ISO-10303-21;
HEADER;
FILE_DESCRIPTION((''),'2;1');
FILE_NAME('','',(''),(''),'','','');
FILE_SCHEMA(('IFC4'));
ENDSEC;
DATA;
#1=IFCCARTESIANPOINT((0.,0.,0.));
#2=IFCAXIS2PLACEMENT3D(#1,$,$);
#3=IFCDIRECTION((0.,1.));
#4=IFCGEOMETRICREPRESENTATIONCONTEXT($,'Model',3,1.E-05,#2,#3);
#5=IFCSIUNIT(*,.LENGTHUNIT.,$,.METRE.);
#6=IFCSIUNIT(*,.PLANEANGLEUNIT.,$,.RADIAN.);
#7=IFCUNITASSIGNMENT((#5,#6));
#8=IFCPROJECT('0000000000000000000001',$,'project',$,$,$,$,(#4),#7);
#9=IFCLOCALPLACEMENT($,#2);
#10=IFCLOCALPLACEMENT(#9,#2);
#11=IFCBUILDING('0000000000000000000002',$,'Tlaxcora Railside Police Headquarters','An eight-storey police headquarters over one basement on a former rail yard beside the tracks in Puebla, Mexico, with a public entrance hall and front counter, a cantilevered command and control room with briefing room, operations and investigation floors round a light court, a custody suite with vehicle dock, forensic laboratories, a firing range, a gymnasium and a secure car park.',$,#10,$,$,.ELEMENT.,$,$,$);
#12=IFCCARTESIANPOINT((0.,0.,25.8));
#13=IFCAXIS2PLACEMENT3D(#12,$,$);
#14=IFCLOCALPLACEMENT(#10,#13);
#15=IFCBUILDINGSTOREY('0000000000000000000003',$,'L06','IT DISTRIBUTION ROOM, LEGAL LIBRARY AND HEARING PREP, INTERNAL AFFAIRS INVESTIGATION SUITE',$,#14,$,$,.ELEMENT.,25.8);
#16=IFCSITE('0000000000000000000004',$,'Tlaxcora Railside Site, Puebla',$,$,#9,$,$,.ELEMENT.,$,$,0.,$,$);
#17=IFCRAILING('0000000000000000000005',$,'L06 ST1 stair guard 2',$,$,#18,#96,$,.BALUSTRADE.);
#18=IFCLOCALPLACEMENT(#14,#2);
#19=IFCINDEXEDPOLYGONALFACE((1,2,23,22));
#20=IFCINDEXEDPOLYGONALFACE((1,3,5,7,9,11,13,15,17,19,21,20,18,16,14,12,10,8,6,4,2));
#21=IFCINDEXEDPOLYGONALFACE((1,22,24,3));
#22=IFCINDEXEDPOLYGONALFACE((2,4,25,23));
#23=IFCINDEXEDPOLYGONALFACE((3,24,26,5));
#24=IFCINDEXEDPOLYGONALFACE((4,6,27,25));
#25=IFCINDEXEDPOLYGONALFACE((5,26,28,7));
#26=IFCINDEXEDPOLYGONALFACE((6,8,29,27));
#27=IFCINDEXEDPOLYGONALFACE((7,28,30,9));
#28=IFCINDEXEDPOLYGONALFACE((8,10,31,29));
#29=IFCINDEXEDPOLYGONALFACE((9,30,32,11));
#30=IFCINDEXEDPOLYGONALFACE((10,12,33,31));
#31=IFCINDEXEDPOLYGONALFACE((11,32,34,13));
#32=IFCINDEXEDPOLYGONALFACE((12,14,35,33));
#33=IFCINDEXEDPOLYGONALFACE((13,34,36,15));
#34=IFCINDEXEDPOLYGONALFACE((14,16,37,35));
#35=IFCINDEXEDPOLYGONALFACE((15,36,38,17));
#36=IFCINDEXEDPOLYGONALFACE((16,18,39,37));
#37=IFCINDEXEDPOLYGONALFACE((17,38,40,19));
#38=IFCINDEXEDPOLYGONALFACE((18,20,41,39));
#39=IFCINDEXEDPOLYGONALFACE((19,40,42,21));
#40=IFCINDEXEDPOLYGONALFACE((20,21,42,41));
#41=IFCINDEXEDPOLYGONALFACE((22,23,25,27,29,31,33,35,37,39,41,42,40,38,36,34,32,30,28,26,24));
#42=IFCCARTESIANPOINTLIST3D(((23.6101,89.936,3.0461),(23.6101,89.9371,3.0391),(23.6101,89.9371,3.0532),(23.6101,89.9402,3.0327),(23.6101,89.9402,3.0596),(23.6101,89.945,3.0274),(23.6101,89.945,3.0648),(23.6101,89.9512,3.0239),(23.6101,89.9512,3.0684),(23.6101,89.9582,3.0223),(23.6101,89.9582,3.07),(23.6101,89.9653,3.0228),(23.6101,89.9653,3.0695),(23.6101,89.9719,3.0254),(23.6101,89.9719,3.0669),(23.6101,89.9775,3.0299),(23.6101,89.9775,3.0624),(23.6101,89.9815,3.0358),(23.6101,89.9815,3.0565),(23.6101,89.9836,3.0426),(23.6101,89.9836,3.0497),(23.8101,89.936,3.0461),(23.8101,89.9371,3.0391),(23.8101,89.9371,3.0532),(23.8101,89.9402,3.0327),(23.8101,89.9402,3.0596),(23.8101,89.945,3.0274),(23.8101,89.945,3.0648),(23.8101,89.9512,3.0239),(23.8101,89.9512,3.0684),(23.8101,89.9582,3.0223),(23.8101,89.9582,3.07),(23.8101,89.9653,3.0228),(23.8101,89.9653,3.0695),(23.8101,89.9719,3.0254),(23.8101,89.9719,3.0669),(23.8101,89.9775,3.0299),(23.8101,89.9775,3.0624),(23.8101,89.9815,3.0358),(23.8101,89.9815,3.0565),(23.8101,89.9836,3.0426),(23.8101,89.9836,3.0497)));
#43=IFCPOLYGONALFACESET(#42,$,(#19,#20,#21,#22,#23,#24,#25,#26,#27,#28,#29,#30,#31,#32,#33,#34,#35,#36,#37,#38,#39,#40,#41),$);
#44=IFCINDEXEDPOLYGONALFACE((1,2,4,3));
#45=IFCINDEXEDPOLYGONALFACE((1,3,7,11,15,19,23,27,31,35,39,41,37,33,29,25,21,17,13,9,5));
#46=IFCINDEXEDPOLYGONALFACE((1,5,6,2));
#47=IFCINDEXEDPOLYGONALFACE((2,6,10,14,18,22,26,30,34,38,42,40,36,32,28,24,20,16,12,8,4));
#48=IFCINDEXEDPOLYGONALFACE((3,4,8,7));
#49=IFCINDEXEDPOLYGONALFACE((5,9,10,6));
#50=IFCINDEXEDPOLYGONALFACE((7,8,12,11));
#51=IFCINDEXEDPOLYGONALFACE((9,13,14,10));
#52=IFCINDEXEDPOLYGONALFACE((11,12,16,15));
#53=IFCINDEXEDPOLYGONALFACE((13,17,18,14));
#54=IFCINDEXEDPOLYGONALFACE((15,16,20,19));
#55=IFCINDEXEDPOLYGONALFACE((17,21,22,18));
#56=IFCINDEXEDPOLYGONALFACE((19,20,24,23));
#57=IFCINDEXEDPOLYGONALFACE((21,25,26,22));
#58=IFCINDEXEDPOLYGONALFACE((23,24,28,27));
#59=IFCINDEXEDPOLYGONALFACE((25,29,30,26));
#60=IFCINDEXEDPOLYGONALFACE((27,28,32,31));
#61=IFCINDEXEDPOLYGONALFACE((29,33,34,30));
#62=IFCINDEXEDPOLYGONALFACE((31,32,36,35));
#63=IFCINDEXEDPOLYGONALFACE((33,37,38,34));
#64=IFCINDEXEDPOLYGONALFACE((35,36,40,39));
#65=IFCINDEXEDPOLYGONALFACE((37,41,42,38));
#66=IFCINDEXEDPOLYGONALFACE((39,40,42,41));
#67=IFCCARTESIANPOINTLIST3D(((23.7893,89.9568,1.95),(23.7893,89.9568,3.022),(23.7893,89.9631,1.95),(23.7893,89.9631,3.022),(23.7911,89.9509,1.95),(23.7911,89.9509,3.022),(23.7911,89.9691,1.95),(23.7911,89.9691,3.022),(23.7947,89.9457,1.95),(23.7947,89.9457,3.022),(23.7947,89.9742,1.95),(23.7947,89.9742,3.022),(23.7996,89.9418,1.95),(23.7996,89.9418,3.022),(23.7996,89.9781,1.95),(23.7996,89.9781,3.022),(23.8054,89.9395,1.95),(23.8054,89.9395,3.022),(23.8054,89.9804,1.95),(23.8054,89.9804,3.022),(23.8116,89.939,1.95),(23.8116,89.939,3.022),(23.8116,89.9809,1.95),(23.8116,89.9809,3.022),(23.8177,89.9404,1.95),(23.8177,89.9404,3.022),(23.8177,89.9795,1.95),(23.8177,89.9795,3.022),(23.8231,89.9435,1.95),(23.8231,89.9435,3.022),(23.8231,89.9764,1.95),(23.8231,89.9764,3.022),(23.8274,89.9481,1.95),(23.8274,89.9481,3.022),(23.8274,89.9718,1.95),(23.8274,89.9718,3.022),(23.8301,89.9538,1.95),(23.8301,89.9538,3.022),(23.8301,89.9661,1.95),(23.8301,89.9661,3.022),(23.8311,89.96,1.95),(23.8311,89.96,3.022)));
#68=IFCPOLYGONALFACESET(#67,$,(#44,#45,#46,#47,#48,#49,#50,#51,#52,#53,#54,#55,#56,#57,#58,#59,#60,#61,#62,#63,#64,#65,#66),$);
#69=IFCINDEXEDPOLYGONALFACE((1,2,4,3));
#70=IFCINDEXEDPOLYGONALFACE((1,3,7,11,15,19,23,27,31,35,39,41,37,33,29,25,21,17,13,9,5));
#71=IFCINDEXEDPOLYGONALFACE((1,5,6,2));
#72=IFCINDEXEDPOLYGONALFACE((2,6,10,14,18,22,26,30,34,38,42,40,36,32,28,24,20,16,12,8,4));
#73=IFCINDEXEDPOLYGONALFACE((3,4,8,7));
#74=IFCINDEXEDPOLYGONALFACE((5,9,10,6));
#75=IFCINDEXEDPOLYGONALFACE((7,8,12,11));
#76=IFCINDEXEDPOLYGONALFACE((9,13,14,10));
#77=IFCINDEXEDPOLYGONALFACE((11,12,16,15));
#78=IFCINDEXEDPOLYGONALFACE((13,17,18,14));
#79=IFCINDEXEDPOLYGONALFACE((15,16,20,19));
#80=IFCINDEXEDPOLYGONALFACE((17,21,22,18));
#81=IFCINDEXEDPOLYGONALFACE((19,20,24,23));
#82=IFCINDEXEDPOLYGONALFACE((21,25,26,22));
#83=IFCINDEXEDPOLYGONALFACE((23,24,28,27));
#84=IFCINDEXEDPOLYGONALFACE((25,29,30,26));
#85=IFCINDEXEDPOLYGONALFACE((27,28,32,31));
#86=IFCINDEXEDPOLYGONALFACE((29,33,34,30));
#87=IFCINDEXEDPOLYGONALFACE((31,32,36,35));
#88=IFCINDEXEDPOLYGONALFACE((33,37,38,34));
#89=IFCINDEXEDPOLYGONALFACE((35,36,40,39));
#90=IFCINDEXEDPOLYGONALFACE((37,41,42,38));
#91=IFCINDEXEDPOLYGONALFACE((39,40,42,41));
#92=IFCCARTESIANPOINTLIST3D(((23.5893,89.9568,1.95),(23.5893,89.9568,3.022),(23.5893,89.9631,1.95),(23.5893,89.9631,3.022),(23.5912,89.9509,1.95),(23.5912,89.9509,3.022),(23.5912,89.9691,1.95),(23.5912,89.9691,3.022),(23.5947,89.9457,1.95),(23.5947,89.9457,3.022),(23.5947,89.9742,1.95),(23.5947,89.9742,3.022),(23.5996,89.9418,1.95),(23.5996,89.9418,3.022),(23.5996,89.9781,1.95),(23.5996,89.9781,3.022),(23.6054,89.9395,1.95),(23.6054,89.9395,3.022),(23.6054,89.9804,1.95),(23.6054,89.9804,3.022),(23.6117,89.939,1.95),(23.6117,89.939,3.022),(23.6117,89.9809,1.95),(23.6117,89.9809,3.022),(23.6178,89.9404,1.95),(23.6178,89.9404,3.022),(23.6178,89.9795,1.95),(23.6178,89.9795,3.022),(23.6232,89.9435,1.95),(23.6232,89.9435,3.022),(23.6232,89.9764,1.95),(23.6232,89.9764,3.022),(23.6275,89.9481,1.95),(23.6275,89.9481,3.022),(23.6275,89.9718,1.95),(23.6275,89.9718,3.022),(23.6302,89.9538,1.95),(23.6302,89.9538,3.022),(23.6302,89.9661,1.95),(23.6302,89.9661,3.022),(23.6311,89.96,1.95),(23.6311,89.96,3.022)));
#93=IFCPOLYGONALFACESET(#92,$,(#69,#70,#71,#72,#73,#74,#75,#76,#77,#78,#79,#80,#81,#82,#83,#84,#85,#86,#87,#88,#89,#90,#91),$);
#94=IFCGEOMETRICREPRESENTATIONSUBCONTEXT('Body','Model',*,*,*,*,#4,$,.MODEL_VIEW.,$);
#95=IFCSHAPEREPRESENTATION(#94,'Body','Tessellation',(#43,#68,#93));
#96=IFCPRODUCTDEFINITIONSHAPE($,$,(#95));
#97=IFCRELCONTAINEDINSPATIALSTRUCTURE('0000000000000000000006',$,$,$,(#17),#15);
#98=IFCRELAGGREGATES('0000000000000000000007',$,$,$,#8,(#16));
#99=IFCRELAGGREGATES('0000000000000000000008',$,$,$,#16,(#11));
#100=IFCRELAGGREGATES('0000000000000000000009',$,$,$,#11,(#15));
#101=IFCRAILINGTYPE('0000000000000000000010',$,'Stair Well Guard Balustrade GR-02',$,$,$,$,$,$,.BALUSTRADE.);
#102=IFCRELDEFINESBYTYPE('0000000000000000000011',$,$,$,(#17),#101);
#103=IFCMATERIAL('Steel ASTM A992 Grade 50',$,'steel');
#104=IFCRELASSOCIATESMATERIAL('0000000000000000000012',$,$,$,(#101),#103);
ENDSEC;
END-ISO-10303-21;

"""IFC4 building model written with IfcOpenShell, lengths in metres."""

from ifc_helpers import new_model, si_unit, direction, frame, origin, origin_2d, place, context, subcontext, project, spatial, circle, extrude, material, type_object, element, save


model = new_model("IFC4")

# Units and contexts
model_context = context("Model", 3, precision=1e-05, world=origin(), true_north=direction((0.0, 1.0)))
body_context = subcontext(model_context, "Body", "Model", "MODEL_VIEW")
ifc_project = project(units=[si_unit("LENGTHUNIT", "METRE"), si_unit("PLANEANGLEUNIT", "RADIAN")], contexts=[model_context])

# Site, building, storey
site_placement = place(None, origin())
site = spatial("IfcSite", under=ifc_project, at=site_placement, Name="Tlaxcora Railside Site, Puebla", CompositionType="ELEMENT", RefElevation=0.0)
building_placement = place(site_placement, origin())
building = spatial("IfcBuilding", under=site, at=building_placement, Name="Tlaxcora Railside Police Headquarters", Description="An eight-storey police headquarters over one basement on a former rail yard beside the tracks in Puebla, Mexico, with a public entrance hall and front counter, a cantilevered command and control room with briefing room, operations and investigation floors round a light court, a custody suite with vehicle dock, forensic laboratories, a firing range, a gymnasium and a secure car park.", CompositionType="ELEMENT")
storey_placement = place(building_placement, frame((0.0, 0.0, 25.8)))
storey = spatial("IfcBuildingStorey", under=building, at=storey_placement, Name="L06", Description="IT DISTRIBUTION ROOM, LEGAL LIBRARY AND HEARING PREP, INTERNAL AFFAIRS INVESTIGATION SUITE", CompositionType="ELEMENT", Elevation=25.8)

# Shared definitions
ifc_material_1 = material(Name="Steel ASTM A992 Grade 50", Category="steel")

# Railing
railing_type_1 = type_object("IfcRailingType", Name="Stair Well Guard Balustrade GR-02", PredefinedType="BALUSTRADE", material=ifc_material_1)
railing_1_placement = place(storey_placement, frame((23.8101, 89.96, 1.95)))
element("IfcRailing", 1, at=railing_1_placement, inside=storey, type_object=railing_type_1, Name="L06 ST1 stair guard 2", PredefinedType="BALUSTRADE", context=body_context, shape_type="SweptSolid", body=[
    extrude(circle(Radius=0.0239, at=origin_2d()), frame((0.0, 0.0, 1.0962), z_axis=(-1.0, 0.0, 0.0), x_axis=(0.0, -1.0, 0.0)), (0.0, 0.0, 1.0), 0.2),
    extrude(circle(Radius=0.021, at=origin_2d()), origin(), (0.0, 0.0, 1.0), 1.072),
    extrude(circle(Radius=0.021, at=origin_2d()), frame((-0.2, 0.0, 0.0)), (0.0, 0.0, 1.0), 1.072),
])

save(model, "model.ifc")
